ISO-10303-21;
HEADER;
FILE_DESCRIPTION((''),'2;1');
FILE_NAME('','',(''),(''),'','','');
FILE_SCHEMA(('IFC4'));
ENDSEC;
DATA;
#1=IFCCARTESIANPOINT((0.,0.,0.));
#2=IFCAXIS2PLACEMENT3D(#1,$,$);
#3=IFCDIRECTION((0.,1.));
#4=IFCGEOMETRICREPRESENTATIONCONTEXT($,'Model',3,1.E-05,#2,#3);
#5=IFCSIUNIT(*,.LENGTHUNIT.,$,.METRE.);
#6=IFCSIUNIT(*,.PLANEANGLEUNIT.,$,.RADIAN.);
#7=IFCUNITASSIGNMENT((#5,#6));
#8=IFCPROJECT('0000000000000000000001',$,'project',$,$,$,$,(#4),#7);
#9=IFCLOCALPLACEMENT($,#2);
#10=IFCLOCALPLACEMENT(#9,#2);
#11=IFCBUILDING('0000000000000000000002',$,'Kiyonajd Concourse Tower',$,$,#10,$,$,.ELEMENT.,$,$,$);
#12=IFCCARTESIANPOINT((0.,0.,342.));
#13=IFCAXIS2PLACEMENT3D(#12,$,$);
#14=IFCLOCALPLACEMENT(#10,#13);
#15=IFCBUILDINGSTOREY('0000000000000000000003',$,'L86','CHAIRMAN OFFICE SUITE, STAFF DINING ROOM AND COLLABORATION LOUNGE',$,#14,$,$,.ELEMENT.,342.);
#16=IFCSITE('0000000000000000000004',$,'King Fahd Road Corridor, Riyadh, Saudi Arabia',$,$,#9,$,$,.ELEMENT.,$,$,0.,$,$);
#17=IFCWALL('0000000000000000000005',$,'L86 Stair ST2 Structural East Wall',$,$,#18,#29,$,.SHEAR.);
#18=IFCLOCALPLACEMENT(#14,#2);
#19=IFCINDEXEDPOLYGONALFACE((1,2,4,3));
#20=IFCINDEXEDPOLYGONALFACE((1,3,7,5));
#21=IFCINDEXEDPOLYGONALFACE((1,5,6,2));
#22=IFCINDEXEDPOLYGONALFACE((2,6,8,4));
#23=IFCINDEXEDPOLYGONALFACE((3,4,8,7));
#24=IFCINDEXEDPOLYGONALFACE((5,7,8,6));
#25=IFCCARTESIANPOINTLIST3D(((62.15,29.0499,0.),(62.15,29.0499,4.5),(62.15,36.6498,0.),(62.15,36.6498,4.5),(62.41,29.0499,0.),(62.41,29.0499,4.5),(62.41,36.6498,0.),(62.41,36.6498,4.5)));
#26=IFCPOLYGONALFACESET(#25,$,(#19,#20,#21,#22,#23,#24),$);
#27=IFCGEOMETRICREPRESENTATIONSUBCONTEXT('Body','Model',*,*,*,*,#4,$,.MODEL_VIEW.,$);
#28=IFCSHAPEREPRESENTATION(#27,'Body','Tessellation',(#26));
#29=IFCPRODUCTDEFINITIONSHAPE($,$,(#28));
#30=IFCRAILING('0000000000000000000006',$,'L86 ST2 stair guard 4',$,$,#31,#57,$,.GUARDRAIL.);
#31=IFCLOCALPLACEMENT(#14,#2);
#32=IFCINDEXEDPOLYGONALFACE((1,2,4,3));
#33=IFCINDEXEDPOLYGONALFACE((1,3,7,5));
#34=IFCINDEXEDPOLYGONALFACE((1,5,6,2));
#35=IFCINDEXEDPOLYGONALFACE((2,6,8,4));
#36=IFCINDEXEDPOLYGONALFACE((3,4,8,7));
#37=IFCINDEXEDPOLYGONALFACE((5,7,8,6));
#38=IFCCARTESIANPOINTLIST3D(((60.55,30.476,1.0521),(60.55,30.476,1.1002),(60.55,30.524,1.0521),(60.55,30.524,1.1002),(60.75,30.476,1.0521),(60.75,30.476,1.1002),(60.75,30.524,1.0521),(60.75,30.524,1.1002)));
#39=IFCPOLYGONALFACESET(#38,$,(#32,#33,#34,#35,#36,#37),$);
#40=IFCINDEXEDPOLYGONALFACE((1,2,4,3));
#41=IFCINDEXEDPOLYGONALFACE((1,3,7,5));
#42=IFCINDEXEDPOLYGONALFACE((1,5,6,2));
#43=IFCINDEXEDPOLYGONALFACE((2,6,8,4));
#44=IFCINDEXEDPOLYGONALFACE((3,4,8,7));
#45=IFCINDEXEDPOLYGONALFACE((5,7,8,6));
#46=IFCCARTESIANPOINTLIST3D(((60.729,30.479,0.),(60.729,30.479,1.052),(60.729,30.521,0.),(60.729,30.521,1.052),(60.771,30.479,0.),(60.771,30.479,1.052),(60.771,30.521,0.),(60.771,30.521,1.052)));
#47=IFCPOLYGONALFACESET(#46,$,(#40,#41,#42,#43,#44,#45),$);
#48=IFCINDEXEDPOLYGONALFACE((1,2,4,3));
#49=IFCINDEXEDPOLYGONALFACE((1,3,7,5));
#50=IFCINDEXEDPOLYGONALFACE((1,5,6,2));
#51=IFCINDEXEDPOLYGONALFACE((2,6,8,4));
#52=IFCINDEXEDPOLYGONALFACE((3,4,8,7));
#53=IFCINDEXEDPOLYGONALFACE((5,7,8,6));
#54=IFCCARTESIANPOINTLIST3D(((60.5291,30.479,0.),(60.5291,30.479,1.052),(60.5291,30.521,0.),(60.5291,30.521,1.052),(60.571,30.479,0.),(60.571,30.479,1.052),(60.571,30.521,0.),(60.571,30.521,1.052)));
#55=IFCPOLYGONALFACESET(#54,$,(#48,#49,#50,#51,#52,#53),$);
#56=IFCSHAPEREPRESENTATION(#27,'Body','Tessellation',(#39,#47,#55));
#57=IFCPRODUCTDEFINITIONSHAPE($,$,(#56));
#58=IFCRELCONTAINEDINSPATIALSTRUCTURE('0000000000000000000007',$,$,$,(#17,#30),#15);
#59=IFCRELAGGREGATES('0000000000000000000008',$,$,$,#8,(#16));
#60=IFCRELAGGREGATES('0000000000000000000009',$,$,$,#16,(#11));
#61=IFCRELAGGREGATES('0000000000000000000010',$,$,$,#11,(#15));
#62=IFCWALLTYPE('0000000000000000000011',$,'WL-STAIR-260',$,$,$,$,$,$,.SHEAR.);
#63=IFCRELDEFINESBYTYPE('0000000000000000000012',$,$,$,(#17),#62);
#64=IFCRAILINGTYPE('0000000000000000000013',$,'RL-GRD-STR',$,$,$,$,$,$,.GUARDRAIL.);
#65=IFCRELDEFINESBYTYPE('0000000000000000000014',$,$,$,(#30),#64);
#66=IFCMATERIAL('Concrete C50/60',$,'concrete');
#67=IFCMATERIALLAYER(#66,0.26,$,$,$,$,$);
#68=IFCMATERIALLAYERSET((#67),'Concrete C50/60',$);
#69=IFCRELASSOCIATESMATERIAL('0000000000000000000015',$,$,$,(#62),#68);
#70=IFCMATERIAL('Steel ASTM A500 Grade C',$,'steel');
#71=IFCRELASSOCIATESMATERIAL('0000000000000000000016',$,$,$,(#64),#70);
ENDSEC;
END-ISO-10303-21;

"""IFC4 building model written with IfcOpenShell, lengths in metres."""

from ifc_helpers import new_model, si_unit, direction, frame, frame_2d, origin, origin_2d, place, context, subcontext, project, spatial, rectangle, extrude, material, layer, layer_set, type_object, element, save


model = new_model("IFC4")

# Units and contexts
model_context = context("Model", 3, precision=1e-05, world=origin(), true_north=direction((0.0, 1.0)))
body_context = subcontext(model_context, "Body", "Model", "MODEL_VIEW")
ifc_project = project(units=[si_unit("LENGTHUNIT", "METRE"), si_unit("PLANEANGLEUNIT", "RADIAN")], contexts=[model_context])

# Site, building, storey
site_placement = place(None, origin())
site = spatial("IfcSite", under=ifc_project, at=site_placement, Name="King Fahd Road Corridor, Riyadh, Saudi Arabia", CompositionType="ELEMENT", RefElevation=0.0)
building_placement = place(site_placement, origin())
building = spatial("IfcBuilding", under=site, at=building_placement, Name="Kiyonajd Concourse Tower", CompositionType="ELEMENT")
storey_placement = place(building_placement, frame((0.0, 0.0, 342.0)))
storey = spatial("IfcBuildingStorey", under=building, at=storey_placement, Name="L86", Description="CHAIRMAN OFFICE SUITE, STAFF DINING ROOM AND COLLABORATION LOUNGE", CompositionType="ELEMENT", Elevation=342.0)

# Shared definitions
ifc_material_1 = material(Name="Concrete C50/60", Category="concrete")
ifc_layer_1 = layer(ifc_material_1, 0.26)
ifc_layer_set_1 = layer_set([ifc_layer_1], Name="Concrete C50/60")
wall_type_1 = type_object("IfcWallType", Name="WL-STAIR-260", PredefinedType="SHEAR", material=ifc_layer_set_1)

# Wall
wall_1_placement = place(storey_placement, frame((62.28, 29.05, 0.0), z_axis=(0.0, 0.0, 1.0), x_axis=(0.0, 1.0, 0.0)))
element("IfcWall", 1, at=wall_1_placement, inside=storey, type_object=wall_type_1, Name="L86 Stair ST2 Structural East Wall", PredefinedType="SHEAR", context=body_context, shape_type="SweptSolid", body=[
    extrude(rectangle(XDim=7.5999, YDim=0.26, at=frame_2d((3.7998, 0.0))), origin(), (0.0, 0.0, 1.0), 4.5),
])

# Railing
ifc_material_2 = material(Name="Steel ASTM A500 Grade C", Category="steel")
railing_type = type_object("IfcRailingType", Name="RL-GRD-STR", PredefinedType="GUARDRAIL", material=ifc_material_2)
railing_placement = place(storey_placement, frame((60.75, 30.5, 0.0)))
element("IfcRailing", 2, at=railing_placement, inside=storey, type_object=railing_type, Name="L86 ST2 stair guard 4", PredefinedType="GUARDRAIL", context=body_context, shape_type="SweptSolid", body=[
    extrude(rectangle(XDim=0.0481, YDim=0.0481, at=origin_2d()), frame((0.0, 0.0, 1.0762), z_axis=(-1.0, 0.0, 0.0), x_axis=(0.0, -1.0, 0.0)), (0.0, 0.0, 1.0), 0.2),
    extrude(rectangle(XDim=0.042, YDim=0.042, at=origin_2d()), origin(), (0.0, 0.0, 1.0), 1.052),
    extrude(rectangle(XDim=0.042, YDim=0.042, at=origin_2d()), frame((-0.2, 0.0, 0.0)), (0.0, 0.0, 1.0), 1.052),
])

save(model, "model.ifc")
